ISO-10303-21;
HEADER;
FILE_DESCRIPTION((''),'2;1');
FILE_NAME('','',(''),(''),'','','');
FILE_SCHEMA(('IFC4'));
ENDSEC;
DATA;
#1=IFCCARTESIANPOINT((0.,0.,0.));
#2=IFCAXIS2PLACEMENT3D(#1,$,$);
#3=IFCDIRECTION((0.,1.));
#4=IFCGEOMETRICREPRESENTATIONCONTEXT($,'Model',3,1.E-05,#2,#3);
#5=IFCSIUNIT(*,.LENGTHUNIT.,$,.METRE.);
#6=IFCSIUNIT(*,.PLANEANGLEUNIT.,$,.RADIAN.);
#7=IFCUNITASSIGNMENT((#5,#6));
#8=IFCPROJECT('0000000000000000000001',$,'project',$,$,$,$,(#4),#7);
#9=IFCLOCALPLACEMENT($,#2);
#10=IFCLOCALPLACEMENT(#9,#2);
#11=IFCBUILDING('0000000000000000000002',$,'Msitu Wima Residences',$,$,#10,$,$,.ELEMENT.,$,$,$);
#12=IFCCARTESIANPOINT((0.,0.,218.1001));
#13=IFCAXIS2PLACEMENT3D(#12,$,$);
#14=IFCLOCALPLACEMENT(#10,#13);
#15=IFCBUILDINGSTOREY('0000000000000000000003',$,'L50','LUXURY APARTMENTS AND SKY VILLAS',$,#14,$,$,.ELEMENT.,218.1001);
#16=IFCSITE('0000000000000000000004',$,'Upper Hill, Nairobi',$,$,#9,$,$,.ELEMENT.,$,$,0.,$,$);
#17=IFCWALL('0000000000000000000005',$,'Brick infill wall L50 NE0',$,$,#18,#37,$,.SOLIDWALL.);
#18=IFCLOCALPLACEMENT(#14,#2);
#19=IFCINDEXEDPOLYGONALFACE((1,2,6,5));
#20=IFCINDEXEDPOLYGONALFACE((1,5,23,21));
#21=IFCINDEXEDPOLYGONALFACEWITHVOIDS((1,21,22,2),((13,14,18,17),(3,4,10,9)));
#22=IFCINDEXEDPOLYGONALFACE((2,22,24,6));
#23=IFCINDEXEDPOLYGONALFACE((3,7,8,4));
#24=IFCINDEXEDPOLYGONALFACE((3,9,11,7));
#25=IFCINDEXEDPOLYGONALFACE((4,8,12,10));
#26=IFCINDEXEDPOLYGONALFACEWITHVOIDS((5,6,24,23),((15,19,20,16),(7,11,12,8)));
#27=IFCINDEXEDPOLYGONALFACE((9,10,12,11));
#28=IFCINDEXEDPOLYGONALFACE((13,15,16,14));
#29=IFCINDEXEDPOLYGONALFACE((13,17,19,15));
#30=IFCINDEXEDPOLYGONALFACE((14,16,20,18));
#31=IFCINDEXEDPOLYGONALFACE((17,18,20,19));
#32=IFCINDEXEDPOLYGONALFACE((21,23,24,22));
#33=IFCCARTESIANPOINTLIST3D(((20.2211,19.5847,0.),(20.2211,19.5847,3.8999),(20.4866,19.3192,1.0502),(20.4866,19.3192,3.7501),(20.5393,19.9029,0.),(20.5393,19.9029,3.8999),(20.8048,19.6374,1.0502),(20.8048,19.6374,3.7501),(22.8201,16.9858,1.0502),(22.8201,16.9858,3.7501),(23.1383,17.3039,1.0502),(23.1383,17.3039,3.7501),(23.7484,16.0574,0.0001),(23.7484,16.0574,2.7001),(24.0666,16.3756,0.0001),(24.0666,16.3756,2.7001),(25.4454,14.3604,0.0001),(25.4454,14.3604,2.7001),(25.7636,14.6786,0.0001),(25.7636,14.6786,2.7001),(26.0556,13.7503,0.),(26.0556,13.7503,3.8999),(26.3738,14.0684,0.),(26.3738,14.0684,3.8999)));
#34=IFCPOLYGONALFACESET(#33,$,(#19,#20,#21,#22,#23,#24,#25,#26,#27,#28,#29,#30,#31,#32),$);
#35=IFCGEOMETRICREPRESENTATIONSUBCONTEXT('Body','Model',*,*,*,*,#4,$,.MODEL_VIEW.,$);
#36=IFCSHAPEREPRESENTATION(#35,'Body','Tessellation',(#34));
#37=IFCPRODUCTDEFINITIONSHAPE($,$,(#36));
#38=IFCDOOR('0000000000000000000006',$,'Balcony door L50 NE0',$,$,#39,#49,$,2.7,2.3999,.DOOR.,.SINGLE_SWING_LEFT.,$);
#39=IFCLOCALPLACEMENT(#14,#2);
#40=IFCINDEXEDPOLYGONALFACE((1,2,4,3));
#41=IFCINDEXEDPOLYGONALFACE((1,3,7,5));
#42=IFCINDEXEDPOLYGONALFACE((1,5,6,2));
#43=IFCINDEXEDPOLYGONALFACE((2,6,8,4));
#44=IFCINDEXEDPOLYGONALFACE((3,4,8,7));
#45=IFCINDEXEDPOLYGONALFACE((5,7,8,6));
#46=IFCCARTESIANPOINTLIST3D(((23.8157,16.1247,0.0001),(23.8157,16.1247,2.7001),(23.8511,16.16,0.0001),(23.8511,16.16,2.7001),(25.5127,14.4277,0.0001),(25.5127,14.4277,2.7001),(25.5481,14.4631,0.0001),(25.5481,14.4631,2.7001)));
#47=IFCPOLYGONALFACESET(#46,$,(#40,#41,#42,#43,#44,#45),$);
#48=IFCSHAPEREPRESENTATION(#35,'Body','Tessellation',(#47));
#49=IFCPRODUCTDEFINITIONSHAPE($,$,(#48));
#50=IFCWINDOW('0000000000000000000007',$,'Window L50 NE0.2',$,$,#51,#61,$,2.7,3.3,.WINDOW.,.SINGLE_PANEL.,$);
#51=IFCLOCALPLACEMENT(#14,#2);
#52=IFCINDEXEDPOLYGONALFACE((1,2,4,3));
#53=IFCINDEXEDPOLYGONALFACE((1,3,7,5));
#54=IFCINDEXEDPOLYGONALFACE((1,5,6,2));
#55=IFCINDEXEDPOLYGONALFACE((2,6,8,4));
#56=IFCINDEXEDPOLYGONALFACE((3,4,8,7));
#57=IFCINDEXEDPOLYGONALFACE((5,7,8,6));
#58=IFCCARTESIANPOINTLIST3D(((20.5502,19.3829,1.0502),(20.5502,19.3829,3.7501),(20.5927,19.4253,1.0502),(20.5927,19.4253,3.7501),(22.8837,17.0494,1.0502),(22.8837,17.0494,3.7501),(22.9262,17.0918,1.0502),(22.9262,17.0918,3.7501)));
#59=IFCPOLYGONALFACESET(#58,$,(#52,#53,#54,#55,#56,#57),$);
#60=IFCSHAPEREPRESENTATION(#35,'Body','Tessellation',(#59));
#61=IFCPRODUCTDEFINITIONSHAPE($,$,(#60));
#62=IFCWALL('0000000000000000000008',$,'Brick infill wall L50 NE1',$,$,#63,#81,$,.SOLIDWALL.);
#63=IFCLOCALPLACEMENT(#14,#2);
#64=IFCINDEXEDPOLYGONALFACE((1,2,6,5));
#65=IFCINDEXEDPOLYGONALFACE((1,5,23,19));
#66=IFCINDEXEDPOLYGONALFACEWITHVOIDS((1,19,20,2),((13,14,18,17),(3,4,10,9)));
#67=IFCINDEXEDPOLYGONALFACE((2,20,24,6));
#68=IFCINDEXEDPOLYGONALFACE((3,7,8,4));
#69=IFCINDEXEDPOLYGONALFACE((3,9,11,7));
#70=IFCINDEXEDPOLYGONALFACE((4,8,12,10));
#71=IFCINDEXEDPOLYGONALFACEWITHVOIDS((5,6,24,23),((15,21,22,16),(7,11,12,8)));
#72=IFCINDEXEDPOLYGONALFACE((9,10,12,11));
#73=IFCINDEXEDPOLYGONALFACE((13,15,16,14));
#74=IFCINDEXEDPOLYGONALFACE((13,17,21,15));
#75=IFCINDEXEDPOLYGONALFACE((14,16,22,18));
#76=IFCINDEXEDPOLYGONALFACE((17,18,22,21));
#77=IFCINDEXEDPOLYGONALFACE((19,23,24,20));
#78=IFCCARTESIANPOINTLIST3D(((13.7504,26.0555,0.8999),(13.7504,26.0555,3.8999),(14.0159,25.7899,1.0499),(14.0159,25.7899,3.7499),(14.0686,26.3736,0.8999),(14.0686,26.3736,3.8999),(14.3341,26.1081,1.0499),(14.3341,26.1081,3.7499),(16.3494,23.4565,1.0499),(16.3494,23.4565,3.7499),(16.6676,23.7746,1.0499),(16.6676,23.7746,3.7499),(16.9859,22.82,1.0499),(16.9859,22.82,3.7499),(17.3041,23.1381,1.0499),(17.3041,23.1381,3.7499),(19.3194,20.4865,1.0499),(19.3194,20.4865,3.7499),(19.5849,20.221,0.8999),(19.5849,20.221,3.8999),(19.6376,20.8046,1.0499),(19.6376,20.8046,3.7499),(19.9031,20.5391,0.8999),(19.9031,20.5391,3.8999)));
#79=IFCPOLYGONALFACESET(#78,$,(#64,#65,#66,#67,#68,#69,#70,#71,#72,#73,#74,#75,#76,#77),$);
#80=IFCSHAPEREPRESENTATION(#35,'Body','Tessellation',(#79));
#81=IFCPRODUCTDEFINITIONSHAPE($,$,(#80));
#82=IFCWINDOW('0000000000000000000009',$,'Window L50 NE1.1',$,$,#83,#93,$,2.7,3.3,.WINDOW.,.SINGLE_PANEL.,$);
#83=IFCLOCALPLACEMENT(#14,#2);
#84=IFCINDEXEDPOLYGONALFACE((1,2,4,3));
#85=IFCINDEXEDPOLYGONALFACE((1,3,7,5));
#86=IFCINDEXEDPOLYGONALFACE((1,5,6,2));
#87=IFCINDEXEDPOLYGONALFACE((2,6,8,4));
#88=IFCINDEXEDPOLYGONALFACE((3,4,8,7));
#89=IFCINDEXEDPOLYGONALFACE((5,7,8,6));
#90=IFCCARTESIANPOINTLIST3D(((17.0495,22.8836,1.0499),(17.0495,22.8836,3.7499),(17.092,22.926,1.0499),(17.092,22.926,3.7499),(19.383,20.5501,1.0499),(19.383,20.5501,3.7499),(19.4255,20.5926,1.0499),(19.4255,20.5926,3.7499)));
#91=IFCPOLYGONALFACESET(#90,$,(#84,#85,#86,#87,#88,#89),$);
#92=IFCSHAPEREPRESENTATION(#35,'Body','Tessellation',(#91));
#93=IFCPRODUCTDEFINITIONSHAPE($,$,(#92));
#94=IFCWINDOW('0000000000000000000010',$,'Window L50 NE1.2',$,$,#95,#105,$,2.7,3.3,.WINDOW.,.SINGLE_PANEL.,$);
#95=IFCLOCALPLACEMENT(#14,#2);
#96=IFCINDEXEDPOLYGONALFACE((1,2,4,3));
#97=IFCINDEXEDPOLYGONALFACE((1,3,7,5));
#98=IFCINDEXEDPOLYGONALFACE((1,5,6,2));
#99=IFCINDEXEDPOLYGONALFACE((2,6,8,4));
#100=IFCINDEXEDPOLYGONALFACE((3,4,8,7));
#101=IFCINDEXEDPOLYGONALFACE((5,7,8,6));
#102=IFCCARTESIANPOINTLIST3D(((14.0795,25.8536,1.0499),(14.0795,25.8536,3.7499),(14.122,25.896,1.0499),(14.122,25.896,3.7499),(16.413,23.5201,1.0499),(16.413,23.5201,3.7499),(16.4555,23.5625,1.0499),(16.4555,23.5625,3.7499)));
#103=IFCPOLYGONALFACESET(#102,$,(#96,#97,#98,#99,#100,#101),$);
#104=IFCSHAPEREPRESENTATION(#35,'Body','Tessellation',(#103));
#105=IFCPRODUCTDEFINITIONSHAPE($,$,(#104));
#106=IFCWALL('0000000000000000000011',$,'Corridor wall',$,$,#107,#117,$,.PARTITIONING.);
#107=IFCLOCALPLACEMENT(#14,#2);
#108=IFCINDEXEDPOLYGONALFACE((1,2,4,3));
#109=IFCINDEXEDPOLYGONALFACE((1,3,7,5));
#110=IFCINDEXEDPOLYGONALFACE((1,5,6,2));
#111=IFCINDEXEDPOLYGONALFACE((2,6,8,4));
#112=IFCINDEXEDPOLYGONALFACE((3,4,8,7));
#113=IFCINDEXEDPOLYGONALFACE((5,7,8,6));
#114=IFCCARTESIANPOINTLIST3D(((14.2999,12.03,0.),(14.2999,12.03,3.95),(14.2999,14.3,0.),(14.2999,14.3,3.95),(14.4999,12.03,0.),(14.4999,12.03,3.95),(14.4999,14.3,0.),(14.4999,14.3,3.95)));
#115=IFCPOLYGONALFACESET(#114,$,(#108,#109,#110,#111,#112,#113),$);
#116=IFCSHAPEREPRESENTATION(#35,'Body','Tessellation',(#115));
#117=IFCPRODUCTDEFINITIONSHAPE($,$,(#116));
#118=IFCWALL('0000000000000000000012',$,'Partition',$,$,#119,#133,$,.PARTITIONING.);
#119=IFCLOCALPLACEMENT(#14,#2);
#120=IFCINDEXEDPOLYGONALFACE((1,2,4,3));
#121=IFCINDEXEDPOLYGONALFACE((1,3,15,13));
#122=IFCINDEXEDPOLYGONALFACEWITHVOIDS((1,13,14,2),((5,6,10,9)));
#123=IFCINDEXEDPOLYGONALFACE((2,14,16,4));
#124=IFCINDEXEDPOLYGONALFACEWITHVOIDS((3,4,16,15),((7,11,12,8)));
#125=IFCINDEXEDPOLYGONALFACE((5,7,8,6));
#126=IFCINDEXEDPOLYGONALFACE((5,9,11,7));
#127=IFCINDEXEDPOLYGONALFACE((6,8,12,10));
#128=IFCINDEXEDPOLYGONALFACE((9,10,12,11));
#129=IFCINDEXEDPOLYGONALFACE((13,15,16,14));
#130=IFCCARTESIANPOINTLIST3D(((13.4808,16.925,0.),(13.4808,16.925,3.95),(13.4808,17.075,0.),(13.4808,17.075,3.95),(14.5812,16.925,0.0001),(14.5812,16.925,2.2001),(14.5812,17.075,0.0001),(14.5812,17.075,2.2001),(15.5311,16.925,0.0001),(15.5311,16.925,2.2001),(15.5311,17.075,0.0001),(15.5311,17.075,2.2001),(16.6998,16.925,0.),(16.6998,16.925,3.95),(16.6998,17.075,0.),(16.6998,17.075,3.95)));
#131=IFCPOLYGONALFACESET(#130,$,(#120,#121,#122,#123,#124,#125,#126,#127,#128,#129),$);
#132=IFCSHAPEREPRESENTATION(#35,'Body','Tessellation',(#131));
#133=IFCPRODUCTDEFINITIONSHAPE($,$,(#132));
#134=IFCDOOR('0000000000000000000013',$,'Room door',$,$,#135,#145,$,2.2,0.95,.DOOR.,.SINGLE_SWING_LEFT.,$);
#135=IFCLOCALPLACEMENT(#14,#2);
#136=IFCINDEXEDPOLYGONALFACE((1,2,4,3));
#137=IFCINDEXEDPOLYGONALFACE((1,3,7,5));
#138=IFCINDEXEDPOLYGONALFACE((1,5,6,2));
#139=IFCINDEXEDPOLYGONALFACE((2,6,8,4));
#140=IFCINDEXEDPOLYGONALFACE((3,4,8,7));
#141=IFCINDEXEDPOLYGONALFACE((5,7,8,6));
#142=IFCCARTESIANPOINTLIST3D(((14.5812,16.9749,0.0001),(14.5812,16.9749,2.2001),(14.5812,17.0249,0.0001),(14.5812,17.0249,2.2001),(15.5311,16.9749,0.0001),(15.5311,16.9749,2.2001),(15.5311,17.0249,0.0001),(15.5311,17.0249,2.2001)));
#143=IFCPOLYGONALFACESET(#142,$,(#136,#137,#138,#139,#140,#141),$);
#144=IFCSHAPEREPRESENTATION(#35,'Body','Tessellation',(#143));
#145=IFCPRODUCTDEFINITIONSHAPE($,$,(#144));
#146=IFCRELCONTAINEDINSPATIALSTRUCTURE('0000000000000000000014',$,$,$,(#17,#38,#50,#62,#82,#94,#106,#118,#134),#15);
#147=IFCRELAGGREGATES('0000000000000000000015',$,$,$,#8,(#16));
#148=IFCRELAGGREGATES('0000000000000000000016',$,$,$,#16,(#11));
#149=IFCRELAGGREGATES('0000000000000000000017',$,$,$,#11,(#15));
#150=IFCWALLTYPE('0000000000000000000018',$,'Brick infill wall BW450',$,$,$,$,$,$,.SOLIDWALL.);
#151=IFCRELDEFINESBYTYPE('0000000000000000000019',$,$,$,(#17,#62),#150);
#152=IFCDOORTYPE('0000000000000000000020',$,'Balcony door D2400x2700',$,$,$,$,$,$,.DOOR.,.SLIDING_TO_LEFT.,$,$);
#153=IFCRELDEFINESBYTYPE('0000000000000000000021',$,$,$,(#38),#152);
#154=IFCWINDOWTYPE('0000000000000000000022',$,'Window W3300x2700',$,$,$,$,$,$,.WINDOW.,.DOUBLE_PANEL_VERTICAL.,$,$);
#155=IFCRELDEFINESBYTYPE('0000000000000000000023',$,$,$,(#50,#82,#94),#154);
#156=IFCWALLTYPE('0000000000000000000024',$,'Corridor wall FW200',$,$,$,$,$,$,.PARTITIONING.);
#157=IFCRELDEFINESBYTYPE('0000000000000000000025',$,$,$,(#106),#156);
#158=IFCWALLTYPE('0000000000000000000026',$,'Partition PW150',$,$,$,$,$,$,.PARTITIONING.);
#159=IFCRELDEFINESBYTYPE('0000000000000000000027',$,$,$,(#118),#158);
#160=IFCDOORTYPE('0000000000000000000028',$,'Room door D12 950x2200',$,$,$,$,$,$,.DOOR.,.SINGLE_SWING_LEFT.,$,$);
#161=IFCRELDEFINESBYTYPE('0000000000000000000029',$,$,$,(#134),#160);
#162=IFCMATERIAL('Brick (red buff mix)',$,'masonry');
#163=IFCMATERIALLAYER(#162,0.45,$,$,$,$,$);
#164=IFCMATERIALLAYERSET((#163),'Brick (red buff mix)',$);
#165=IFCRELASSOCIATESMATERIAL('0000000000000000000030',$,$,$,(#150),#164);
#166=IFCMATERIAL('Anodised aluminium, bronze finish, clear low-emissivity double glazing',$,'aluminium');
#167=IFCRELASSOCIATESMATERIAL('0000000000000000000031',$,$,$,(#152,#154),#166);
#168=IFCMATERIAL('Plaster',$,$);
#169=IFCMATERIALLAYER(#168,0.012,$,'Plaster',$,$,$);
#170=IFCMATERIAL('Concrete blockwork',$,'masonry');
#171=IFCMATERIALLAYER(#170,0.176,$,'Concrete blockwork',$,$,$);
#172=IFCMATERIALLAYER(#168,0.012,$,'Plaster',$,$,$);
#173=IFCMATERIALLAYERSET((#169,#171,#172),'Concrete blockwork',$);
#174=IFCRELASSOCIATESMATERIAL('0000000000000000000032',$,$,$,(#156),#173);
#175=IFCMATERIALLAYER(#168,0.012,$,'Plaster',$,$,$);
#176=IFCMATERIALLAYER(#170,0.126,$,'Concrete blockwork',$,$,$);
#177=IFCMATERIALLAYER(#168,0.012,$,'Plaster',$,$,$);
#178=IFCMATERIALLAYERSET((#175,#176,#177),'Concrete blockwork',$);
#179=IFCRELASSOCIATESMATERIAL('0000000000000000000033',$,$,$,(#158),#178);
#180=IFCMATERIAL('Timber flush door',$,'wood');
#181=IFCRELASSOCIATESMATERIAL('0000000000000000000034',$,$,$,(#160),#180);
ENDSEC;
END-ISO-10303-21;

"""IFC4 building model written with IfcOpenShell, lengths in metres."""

from ifc_helpers import new_model, si_unit, direction, frame, frame_2d, origin, place, context, subcontext, project, spatial, rectangle, extrude, material, layer, layer_set, type_object, element, fill, save


model = new_model("IFC4")

# Units and contexts
model_context = context("Model", 3, precision=1e-05, world=origin(), true_north=direction((0.0, 1.0)))
body_context = subcontext(model_context, "Body", "Model", "MODEL_VIEW")
ifc_project = project(units=[si_unit("LENGTHUNIT", "METRE"), si_unit("PLANEANGLEUNIT", "RADIAN")], contexts=[model_context])

# Site, building, storey
site_placement = place(None, origin())
site = spatial("IfcSite", under=ifc_project, at=site_placement, Name="Upper Hill, Nairobi", CompositionType="ELEMENT", RefElevation=0.0)
building_placement = place(site_placement, origin())
building = spatial("IfcBuilding", under=site, at=building_placement, Name="Msitu Wima Residences", CompositionType="ELEMENT")
storey_placement = place(building_placement, frame((0.0, 0.0, 218.1001)))
storey = spatial("IfcBuildingStorey", under=building, at=storey_placement, Name="L50", Description="LUXURY APARTMENTS AND SKY VILLAS", CompositionType="ELEMENT", Elevation=218.1001)

# Wall, openings, door, window
ifc_material_1 = material(Name="Brick (red buff mix)", Category="masonry")
ifc_layer_1 = layer(ifc_material_1, 0.45)
ifc_layer_set_1 = layer_set([ifc_layer_1], Name="Brick (red buff mix)")
wall_type_1 = type_object("IfcWallType", Name="Brick infill wall BW450", PredefinedType="SOLIDWALL", material=ifc_layer_set_1)
wall_1_placement = place(storey_placement, frame((26.2146, 13.9094, 0.0), z_axis=(0.0, 0.0, 1.0), x_axis=(-0.707107, 0.707107, 0.0)))
wall_1 = element("IfcWall", 1, at=wall_1_placement, inside=storey, type_object=wall_type_1, Name="Brick infill wall L50 NE0", PredefinedType="SOLIDWALL", context=body_context, shape_type="SweptSolid", body=[
    extrude(rectangle(XDim=8.2512, YDim=0.45, at=frame_2d((4.1255, 0.0))), origin(), (0.0, 0.0, 1.0), 3.8999),
])
opening_1_placement = place(wall_1_placement, frame((0.8628, 0.0, 0.0)))
opening_1 = element("IfcOpeningElement", 2, at=opening_1_placement, cuts=wall_1, PredefinedType="OPENING", context=body_context, shape_type="SweptSolid", body=[
    extrude(rectangle(XDim=2.3999, YDim=2.7, at=frame_2d((1.2, 1.3501))), frame((0.0, 0.2349, 0.0), z_axis=(0.0, -1.0, 0.0), x_axis=(1.0, 0.0, 0.0)), (0.0, 0.0, 1.0), 0.47),
])
opening_2_placement = place(wall_1_placement, frame((4.5757, 0.0, 1.05)))
opening_2 = element("IfcOpeningElement", 3, at=opening_2_placement, cuts=wall_1, PredefinedType="OPENING", context=body_context, shape_type="SweptSolid", body=[
    extrude(rectangle(XDim=3.3, YDim=2.7, at=frame_2d((1.6499, 1.3501))), frame((0.0, 0.2349, 0.0), z_axis=(0.0, -1.0, 0.0), x_axis=(1.0, 0.0, 0.0)), (0.0, 0.0, 1.0), 0.47),
])
ifc_material_2 = material(Name="Anodised aluminium, bronze finish, clear low-emissivity double glazing", Category="aluminium")
door_type_1 = type_object("IfcDoorType", Name="Balcony door D2400x2700", OperationType="SLIDING_TO_LEFT", PredefinedType="DOOR", material=ifc_material_2)
door_1_placement = place(opening_1_placement, origin())
door_1 = element("IfcDoor", 4, at=door_1_placement, inside=storey, type_object=door_type_1, Name="Balcony door L50 NE0", OperationType="SINGLE_SWING_LEFT", OverallHeight=2.7, OverallWidth=2.3999, PredefinedType="DOOR", context=body_context, shape_type="SweptSolid", body=[
    extrude(rectangle(XDim=2.3999, YDim=2.7, at=frame_2d((1.2, 1.3501))), frame((0.0, 0.1299, 0.0), z_axis=(0.0, -1.0, 0.0), x_axis=(1.0, 0.0, 0.0)), (0.0, 0.0, 1.0), 0.05),
])
fill(opening_1, door_1)
window_type = type_object("IfcWindowType", Name="Window W3300x2700", PartitioningType="DOUBLE_PANEL_VERTICAL", PredefinedType="WINDOW", material=ifc_material_2)
window_1_placement = place(opening_2_placement, origin())
window_1 = element("IfcWindow", 5, at=window_1_placement, inside=storey, type_object=window_type, Name="Window L50 NE0.2", OverallHeight=2.7, OverallWidth=3.3, PartitioningType="SINGLE_PANEL", PredefinedType="WINDOW", context=body_context, shape_type="SweptSolid", body=[
    extrude(rectangle(XDim=3.3, YDim=2.7, at=frame_2d((1.6499, 1.3501))), frame((0.0, 0.135, 0.0), z_axis=(0.0, -1.0, 0.0), x_axis=(1.0, 0.0, 0.0)), (0.0, 0.0, 1.0), 0.0601),
])
fill(opening_2, window_1)

# Wall, openings, windows
wall_2_placement = place(storey_placement, frame((19.7439, 20.3801, 0.8999), z_axis=(0.0, 0.0, 1.0), x_axis=(-0.707107, 0.707107, 0.0)))
wall_2 = element("IfcWall", 6, at=wall_2_placement, inside=storey, type_object=wall_type_1, Name="Brick infill wall L50 NE1", PredefinedType="SOLIDWALL", context=body_context, shape_type="SweptSolid", body=[
    extrude(rectangle(XDim=8.2512, YDim=0.45, at=frame_2d((4.1255, 0.0))), origin(), (0.0, 0.0, 1.0), 3.0),
])
opening_3_placement = place(wall_2_placement, frame((0.3755, 0.0, 0.1499)))
opening_3 = element("IfcOpeningElement", 7, at=opening_3_placement, cuts=wall_2, PredefinedType="OPENING", context=body_context, shape_type="SweptSolid", body=[
    extrude(rectangle(XDim=3.3, YDim=2.7, at=frame_2d((1.6499, 1.3501))), frame((0.0, 0.2349, 0.0), z_axis=(0.0, -1.0, 0.0), x_axis=(1.0, 0.0, 0.0)), (0.0, 0.0, 1.0), 0.47),
])
opening_4_placement = place(wall_2_placement, frame((4.5757, 0.0, 0.1499)))
opening_4 = element("IfcOpeningElement", 8, at=opening_4_placement, cuts=wall_2, PredefinedType="OPENING", context=body_context, shape_type="SweptSolid", body=[
    extrude(rectangle(XDim=3.3, YDim=2.7, at=frame_2d((1.6499, 1.3501))), frame((0.0, 0.2349, 0.0), z_axis=(0.0, -1.0, 0.0), x_axis=(1.0, 0.0, 0.0)), (0.0, 0.0, 1.0), 0.47),
])
window_2_placement = place(opening_3_placement, origin())
window_2 = element("IfcWindow", 9, at=window_2_placement, inside=storey, type_object=window_type, Name="Window L50 NE1.1", OverallHeight=2.7, OverallWidth=3.3, PartitioningType="SINGLE_PANEL", PredefinedType="WINDOW", context=body_context, shape_type="SweptSolid", body=[
    extrude(rectangle(XDim=3.3, YDim=2.7, at=frame_2d((1.6499, 1.3501))), frame((0.0, 0.135, 0.0), z_axis=(0.0, -1.0, 0.0), x_axis=(1.0, 0.0, 0.0)), (0.0, 0.0, 1.0), 0.0601),
])
fill(opening_3, window_2)
window_3_placement = place(opening_4_placement, origin())
window_3 = element("IfcWindow", 10, at=window_3_placement, inside=storey, type_object=window_type, Name="Window L50 NE1.2", OverallHeight=2.7, OverallWidth=3.3, PartitioningType="SINGLE_PANEL", PredefinedType="WINDOW", context=body_context, shape_type="SweptSolid", body=[
    extrude(rectangle(XDim=3.3, YDim=2.7, at=frame_2d((1.6499, 1.3501))), frame((0.0, 0.135, 0.0), z_axis=(0.0, -1.0, 0.0), x_axis=(1.0, 0.0, 0.0)), (0.0, 0.0, 1.0), 0.0601),
])
fill(opening_4, window_3)

# Wall
ifc_material_3 = material(Name="Plaster")
ifc_layer_2 = layer(ifc_material_3, 0.012, Name="Plaster")
ifc_material_4 = material(Name="Concrete blockwork", Category="masonry")
ifc_layer_3 = layer(ifc_material_4, 0.176, Name="Concrete blockwork")
ifc_layer_4 = layer(ifc_material_3, 0.012, Name="Plaster")
ifc_layer_set_2 = layer_set([ifc_layer_2, ifc_layer_3, ifc_layer_4], Name="Concrete blockwork")
wall_type_2 = type_object("IfcWallType", Name="Corridor wall FW200", PredefinedType="PARTITIONING", material=ifc_layer_set_2)
wall_3_placement = place(storey_placement, frame((14.3999, 12.03, 0.0), z_axis=(0.0, 0.0, 1.0), x_axis=(0.0, 1.0, 0.0)))
element("IfcWall", 11, at=wall_3_placement, inside=storey, type_object=wall_type_2, Name="Corridor wall", PredefinedType="PARTITIONING", context=body_context, shape_type="SweptSolid", body=[
    extrude(rectangle(XDim=2.27, YDim=0.2, at=frame_2d((1.135, 0.0))), origin(), (0.0, 0.0, 1.0), 3.95),
])

# Wall, opening, door
ifc_layer_5 = layer(ifc_material_3, 0.012, Name="Plaster")
ifc_layer_6 = layer(ifc_material_4, 0.126, Name="Concrete blockwork")
ifc_layer_7 = layer(ifc_material_3, 0.012, Name="Plaster")
ifc_layer_set_3 = layer_set([ifc_layer_5, ifc_layer_6, ifc_layer_7], Name="Concrete blockwork")
wall_type_3 = type_object("IfcWallType", Name="Partition PW150", PredefinedType="PARTITIONING", material=ifc_layer_set_3)
wall_4_placement = place(storey_placement, frame((13.481, 17.0, 0.0), z_axis=(0.0, 0.0, 1.0), x_axis=(1.0, 0.0, 0.0)))
wall_4 = element("IfcWall", 12, at=wall_4_placement, inside=storey, type_object=wall_type_3, Name="Partition", PredefinedType="PARTITIONING", context=body_context, shape_type="SweptSolid", body=[
    extrude(rectangle(XDim=3.219, YDim=0.1499, at=frame_2d((1.6094, 0.0))), origin(), (0.0, 0.0, 1.0), 3.95),
])
opening_5_placement = place(wall_4_placement, frame((1.1001, 0.0, 0.0)))
opening_5 = element("IfcOpeningElement", 13, at=opening_5_placement, cuts=wall_4, PredefinedType="OPENING", context=body_context, shape_type="SweptSolid", body=[
    extrude(rectangle(XDim=0.95, YDim=2.2, at=frame_2d((0.4751, 1.1001))), frame((0.0, 0.085, 0.0), z_axis=(0.0, -1.0, 0.0), x_axis=(1.0, 0.0, 0.0)), (0.0, 0.0, 1.0), 0.1699),
])
ifc_material_5 = material(Name="Timber flush door", Category="wood")
door_type_2 = type_object("IfcDoorType", Name="Room door D12 950x2200", OperationType="SINGLE_SWING_LEFT", PredefinedType="DOOR", material=ifc_material_5)
door_2_placement = place(opening_5_placement, origin())
door_2 = element("IfcDoor", 14, at=door_2_placement, inside=storey, type_object=door_type_2, Name="Room door", OperationType="SINGLE_SWING_LEFT", OverallHeight=2.2, OverallWidth=0.95, PredefinedType="DOOR", context=body_context, shape_type="SweptSolid", body=[
    extrude(rectangle(XDim=0.95, YDim=2.2, at=frame_2d((0.4751, 1.1001))), frame((0.0, 0.0249, 0.0), z_axis=(0.0, -1.0, 0.0), x_axis=(1.0, 0.0, 0.0)), (0.0, 0.0, 1.0), 0.05),
])
fill(opening_5, door_2)

save(model, "model.ifc")
